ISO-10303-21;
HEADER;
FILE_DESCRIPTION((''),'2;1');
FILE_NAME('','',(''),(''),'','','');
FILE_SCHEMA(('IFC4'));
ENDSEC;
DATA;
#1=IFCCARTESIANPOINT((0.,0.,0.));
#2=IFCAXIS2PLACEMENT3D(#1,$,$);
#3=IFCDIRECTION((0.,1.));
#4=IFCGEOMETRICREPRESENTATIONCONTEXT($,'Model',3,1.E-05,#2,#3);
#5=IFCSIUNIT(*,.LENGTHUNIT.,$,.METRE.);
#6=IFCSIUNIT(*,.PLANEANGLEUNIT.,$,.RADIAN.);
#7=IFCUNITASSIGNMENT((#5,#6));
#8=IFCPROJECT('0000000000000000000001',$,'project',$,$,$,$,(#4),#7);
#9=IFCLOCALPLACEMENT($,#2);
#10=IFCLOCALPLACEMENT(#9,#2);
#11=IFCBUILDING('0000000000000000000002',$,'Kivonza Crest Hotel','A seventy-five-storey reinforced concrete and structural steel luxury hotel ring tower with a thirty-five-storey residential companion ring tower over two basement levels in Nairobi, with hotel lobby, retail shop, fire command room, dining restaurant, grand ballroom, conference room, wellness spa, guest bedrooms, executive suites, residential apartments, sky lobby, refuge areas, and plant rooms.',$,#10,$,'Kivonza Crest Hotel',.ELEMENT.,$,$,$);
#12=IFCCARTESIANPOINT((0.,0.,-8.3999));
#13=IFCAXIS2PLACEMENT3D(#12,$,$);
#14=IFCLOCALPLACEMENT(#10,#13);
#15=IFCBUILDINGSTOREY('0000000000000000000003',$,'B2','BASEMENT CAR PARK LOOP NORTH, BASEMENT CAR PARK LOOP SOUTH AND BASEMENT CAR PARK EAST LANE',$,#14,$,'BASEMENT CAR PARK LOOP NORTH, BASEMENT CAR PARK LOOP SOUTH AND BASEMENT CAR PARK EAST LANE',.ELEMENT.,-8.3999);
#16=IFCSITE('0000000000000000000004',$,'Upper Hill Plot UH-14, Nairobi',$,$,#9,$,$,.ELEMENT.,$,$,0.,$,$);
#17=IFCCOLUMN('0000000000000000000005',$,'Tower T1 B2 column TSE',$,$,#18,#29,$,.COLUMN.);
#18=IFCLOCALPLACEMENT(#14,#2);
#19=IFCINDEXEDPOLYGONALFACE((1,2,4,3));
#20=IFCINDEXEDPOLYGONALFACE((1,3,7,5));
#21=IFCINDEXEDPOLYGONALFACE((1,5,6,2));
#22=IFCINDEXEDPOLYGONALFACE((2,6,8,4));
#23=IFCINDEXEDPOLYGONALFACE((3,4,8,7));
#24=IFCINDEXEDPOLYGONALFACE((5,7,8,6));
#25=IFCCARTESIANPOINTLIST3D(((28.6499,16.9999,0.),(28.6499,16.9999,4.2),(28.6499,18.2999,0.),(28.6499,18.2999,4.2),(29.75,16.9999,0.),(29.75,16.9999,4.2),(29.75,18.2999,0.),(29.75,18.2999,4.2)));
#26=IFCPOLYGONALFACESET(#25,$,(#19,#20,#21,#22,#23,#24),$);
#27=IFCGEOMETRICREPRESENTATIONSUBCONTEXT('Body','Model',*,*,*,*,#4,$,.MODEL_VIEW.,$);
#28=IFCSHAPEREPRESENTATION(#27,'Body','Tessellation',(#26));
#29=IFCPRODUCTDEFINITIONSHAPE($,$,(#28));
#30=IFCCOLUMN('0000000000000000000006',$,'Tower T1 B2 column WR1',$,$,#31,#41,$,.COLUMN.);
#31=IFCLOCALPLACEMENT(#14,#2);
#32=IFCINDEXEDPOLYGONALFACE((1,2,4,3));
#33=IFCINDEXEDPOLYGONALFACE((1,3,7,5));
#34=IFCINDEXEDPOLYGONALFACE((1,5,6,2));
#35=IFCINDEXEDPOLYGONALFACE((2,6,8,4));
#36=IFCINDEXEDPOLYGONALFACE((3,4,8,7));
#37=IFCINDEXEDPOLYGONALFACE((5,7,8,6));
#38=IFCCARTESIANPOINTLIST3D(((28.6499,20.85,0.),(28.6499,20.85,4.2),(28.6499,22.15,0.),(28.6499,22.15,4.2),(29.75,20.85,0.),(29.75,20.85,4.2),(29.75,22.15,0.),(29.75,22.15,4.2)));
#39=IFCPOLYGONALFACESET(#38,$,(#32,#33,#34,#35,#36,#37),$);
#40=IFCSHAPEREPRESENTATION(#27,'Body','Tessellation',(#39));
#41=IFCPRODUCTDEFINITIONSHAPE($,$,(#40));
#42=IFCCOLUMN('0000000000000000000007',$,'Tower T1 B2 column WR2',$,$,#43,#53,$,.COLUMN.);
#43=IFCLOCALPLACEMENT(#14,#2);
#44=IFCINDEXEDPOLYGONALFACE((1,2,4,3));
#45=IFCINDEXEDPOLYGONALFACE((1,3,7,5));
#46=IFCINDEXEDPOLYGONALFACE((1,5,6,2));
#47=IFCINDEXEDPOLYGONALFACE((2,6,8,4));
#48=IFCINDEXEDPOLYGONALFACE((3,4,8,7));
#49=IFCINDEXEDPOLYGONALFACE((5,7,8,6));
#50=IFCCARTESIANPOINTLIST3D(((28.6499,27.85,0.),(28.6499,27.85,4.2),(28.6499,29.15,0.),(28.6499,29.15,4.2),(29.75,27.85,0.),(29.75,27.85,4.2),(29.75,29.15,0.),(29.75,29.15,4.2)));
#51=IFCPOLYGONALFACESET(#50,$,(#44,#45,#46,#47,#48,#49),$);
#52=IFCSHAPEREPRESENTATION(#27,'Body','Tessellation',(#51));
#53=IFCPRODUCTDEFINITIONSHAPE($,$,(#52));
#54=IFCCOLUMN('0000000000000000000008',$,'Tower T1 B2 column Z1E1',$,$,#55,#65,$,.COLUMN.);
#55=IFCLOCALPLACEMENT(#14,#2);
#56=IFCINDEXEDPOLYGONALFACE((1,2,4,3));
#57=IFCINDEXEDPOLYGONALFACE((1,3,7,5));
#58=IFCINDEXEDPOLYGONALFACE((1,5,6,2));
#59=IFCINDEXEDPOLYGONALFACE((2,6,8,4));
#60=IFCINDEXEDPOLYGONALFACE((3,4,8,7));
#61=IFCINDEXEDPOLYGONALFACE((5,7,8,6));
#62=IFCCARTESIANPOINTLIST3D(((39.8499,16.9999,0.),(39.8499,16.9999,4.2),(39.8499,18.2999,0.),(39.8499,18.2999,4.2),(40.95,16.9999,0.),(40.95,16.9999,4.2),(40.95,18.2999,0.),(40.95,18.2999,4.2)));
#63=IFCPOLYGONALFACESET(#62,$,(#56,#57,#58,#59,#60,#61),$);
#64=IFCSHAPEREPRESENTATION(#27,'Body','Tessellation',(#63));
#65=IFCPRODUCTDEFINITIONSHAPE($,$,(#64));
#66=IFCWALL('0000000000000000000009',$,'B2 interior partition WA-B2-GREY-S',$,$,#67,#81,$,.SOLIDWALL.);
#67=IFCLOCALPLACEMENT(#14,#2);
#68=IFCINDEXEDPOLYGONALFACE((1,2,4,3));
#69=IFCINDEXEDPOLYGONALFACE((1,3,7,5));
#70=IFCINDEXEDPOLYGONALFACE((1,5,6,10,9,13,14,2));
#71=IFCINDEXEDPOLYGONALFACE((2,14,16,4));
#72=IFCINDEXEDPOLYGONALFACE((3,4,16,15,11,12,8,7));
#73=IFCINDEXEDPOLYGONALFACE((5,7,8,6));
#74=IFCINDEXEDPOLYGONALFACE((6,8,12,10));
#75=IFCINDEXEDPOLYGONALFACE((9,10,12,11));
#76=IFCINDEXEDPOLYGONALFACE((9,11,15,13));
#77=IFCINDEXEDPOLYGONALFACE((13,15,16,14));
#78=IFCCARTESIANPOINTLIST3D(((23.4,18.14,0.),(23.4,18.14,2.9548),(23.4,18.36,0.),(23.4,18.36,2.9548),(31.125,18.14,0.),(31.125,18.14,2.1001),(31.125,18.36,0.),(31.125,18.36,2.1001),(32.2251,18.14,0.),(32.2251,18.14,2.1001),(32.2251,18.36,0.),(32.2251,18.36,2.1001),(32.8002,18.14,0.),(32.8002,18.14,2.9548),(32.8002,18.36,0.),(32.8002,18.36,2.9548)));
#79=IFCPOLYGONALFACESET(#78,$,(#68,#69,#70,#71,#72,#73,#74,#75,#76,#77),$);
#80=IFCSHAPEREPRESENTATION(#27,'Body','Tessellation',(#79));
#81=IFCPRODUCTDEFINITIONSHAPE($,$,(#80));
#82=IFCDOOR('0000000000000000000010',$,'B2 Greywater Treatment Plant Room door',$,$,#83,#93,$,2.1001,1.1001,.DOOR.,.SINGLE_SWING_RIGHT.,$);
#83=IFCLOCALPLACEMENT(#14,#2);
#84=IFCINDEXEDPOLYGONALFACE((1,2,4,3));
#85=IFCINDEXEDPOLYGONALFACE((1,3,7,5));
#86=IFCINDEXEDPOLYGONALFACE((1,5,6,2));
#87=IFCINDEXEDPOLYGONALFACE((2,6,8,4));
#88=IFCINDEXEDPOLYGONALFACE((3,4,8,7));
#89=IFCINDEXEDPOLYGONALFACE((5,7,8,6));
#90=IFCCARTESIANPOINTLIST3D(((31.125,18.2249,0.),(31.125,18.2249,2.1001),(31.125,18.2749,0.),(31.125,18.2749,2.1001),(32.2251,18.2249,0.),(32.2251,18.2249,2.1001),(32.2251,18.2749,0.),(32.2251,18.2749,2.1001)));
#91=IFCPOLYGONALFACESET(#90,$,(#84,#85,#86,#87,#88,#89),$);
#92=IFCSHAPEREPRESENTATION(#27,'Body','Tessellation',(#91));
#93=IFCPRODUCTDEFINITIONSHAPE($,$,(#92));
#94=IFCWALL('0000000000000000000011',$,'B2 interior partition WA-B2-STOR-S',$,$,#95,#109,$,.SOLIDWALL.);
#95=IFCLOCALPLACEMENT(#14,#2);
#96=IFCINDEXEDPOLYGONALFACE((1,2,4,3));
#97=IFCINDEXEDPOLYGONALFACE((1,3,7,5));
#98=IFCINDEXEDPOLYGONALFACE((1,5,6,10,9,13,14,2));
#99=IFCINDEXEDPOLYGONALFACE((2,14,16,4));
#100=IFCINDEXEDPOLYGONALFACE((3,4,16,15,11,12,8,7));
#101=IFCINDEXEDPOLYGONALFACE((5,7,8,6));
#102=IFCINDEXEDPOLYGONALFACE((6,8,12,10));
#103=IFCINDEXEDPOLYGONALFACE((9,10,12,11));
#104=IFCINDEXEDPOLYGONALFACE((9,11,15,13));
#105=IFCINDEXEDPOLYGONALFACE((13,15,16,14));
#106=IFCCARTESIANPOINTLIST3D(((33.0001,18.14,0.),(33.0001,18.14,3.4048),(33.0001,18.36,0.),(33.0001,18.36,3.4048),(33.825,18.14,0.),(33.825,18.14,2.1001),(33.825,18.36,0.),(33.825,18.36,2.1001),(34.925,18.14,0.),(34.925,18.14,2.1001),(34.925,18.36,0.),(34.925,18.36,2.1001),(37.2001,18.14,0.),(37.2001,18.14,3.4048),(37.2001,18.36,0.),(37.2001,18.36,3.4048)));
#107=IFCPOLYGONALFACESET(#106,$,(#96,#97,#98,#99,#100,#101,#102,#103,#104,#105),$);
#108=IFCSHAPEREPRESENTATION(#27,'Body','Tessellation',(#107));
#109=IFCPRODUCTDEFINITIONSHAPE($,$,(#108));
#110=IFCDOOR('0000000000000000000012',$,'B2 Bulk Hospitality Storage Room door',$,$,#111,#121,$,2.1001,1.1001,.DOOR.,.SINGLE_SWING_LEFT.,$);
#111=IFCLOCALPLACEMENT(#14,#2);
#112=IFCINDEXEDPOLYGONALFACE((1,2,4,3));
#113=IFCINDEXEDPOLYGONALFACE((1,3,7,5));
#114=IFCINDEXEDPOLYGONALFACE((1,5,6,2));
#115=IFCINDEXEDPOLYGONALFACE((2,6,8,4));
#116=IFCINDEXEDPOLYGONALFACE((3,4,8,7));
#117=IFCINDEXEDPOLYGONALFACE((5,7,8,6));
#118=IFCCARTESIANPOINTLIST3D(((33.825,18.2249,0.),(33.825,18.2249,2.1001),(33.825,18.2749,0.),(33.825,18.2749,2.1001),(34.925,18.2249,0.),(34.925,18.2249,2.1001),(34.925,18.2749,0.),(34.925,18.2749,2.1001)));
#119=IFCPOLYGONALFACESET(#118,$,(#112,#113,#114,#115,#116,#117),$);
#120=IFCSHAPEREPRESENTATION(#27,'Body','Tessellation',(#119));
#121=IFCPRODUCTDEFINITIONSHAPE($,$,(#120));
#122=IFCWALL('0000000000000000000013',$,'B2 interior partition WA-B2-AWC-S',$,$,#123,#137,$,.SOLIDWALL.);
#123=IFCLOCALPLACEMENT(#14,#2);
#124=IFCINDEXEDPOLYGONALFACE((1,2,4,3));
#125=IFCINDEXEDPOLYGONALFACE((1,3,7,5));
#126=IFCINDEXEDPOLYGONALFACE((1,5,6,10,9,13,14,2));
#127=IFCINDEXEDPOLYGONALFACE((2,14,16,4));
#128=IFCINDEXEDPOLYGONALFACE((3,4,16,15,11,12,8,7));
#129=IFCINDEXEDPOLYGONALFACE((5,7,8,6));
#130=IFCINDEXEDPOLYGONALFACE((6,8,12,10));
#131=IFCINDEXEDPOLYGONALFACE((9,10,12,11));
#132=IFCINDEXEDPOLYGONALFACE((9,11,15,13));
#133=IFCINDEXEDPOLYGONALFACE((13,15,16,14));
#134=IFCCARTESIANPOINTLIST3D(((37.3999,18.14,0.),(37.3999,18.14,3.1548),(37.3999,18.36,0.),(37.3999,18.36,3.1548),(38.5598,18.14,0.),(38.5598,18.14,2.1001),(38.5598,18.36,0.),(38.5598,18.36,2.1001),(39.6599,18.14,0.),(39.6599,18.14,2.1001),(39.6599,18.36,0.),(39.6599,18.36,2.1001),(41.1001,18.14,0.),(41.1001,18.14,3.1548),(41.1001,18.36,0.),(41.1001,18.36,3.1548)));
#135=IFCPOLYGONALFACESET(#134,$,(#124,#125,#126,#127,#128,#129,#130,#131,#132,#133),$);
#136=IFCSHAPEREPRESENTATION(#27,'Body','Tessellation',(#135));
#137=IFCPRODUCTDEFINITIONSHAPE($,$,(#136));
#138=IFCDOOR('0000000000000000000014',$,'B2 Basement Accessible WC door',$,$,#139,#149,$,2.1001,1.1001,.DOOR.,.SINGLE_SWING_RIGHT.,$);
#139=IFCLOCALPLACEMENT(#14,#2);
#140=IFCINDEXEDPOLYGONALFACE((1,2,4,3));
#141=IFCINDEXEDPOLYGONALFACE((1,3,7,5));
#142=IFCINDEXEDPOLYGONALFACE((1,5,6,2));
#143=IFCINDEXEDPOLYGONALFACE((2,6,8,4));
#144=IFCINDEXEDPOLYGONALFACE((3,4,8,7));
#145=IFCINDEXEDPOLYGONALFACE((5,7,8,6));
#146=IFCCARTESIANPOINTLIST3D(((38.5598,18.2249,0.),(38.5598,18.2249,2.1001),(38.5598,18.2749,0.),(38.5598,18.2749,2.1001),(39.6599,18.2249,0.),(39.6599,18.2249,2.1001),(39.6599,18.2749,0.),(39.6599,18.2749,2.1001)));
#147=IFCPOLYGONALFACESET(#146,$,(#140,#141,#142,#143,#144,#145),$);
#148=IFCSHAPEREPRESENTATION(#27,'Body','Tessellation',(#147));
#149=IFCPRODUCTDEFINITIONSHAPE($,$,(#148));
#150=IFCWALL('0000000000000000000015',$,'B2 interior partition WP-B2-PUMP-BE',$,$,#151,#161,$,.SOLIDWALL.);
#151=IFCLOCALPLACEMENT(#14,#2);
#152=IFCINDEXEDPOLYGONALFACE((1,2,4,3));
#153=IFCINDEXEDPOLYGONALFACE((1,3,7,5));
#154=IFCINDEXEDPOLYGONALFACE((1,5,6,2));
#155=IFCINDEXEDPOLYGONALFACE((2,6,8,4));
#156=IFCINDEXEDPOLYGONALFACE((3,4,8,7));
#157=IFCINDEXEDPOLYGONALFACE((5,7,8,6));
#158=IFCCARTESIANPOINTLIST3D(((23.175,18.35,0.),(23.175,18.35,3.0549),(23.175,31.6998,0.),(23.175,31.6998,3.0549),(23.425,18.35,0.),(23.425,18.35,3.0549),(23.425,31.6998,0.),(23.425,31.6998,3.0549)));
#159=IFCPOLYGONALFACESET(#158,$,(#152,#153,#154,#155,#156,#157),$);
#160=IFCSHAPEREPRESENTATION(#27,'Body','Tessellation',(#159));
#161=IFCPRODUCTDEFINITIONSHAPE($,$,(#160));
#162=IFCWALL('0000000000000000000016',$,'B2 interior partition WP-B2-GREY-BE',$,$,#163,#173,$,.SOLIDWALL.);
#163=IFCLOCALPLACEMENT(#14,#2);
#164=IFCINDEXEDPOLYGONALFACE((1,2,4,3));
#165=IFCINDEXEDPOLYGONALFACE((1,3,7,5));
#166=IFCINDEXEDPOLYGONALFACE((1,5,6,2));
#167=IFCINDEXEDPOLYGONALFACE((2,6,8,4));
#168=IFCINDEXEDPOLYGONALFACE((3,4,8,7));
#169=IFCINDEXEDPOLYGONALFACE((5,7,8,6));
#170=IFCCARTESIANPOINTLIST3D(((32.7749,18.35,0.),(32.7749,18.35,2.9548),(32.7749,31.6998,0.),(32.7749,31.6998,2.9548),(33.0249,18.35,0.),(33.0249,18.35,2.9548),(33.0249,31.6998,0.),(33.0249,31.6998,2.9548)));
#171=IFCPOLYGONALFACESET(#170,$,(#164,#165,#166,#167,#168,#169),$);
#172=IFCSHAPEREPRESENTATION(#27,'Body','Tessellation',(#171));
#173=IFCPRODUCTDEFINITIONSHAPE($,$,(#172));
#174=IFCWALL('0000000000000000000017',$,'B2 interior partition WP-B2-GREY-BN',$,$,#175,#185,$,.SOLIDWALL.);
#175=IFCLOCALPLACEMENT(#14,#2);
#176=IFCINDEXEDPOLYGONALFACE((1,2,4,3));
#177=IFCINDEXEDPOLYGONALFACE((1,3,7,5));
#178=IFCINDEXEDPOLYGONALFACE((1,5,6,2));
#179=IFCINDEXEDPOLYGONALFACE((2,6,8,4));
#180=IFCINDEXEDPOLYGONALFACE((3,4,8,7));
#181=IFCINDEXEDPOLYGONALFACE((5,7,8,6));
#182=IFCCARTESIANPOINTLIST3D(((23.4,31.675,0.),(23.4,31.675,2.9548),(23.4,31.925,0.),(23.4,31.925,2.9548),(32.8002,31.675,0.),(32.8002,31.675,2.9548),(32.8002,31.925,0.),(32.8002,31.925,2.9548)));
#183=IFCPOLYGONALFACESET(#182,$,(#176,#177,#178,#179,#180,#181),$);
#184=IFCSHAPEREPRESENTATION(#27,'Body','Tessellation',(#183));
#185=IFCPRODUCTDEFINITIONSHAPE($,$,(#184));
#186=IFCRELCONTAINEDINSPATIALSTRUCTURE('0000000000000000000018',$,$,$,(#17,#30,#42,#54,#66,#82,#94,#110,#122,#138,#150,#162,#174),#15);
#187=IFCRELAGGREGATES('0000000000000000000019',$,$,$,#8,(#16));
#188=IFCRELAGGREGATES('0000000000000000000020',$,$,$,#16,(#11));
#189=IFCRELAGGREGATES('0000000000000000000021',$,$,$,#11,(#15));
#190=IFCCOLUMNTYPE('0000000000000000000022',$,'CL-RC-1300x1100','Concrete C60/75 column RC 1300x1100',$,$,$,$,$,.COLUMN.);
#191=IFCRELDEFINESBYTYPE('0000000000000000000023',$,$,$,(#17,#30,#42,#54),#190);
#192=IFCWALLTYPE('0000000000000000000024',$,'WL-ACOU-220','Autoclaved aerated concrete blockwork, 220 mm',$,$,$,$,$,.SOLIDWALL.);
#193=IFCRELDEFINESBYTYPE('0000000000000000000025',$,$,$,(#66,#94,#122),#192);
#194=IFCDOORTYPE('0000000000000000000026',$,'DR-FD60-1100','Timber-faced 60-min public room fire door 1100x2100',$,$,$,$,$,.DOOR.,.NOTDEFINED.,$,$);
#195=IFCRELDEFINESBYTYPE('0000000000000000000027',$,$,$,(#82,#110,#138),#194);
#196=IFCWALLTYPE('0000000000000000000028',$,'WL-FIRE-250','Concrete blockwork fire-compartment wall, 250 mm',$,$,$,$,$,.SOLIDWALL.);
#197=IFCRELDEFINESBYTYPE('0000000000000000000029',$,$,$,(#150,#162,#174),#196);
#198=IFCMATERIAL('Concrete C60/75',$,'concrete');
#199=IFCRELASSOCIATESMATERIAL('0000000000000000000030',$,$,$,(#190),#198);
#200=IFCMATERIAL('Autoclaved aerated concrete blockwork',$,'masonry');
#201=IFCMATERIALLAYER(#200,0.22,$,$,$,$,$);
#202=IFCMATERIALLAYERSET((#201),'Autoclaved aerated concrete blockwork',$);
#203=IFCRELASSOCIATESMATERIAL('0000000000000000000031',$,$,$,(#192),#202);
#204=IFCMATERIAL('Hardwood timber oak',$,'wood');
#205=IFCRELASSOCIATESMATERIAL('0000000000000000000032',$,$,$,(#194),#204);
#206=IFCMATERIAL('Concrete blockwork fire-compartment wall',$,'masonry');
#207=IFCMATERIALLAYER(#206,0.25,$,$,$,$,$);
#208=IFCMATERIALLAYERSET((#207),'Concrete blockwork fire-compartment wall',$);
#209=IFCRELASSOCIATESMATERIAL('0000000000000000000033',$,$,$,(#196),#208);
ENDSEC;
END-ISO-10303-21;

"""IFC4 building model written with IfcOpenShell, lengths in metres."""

from ifc_helpers import new_model, si_unit, direction, frame, frame_2d, origin, origin_2d, place, context, subcontext, project, spatial, rectangle, extrude, material, layer, layer_set, material_profile, profile_set, type_object, element, fill, save


model = new_model("IFC4")

# Units and contexts
model_context = context("Model", 3, precision=1e-05, world=origin(), true_north=direction((0.0, 1.0)))
body_context = subcontext(model_context, "Body", "Model", "MODEL_VIEW")
ifc_project = project(units=[si_unit("LENGTHUNIT", "METRE"), si_unit("PLANEANGLEUNIT", "RADIAN")], contexts=[model_context])

# Site, building, storey
site_placement = place(None, origin())
site = spatial("IfcSite", under=ifc_project, at=site_placement, Name="Upper Hill Plot UH-14, Nairobi", CompositionType="ELEMENT", RefElevation=0.0)
building_placement = place(site_placement, origin())
building = spatial("IfcBuilding", under=site, at=building_placement, Name="Kivonza Crest Hotel", Description="A seventy-five-storey reinforced concrete and structural steel luxury hotel ring tower with a thirty-five-storey residential companion ring tower over two basement levels in Nairobi, with hotel lobby, retail shop, fire command room, dining restaurant, grand ballroom, conference room, wellness spa, guest bedrooms, executive suites, residential apartments, sky lobby, refuge areas, and plant rooms.", LongName="Kivonza Crest Hotel", CompositionType="ELEMENT")
storey_placement = place(building_placement, frame((0.0, 0.0, -8.3999)))
storey = spatial("IfcBuildingStorey", under=building, at=storey_placement, Name="B2", Description="BASEMENT CAR PARK LOOP NORTH, BASEMENT CAR PARK LOOP SOUTH AND BASEMENT CAR PARK EAST LANE", LongName="BASEMENT CAR PARK LOOP NORTH, BASEMENT CAR PARK LOOP SOUTH AND BASEMENT CAR PARK EAST LANE", CompositionType="ELEMENT", Elevation=-8.3999)

# Columns
ifc_material_1 = material(Name="Concrete C60/75", Category="concrete")
ifc_material_profile_1 = material_profile(ifc_material_1, rectangle(XDim=1.1001, YDim=1.3, at=origin_2d()), Name="RC 1300x1100")
ifc_profile_set_1 = profile_set([ifc_material_profile_1], Name="Concrete C60/75")
column_type = type_object("IfcColumnType", Name="CL-RC-1300x1100", Description="Concrete C60/75 column RC 1300x1100", PredefinedType="COLUMN", material=ifc_profile_set_1)
for number, where, z_axis, x_axis, name in (
    (1, (29.2, 17.6499, 0.0), (0.0, 0.0, 1.0), (1.0, 0.0, 0.0), "Tower T1 B2 column TSE"),
    (2, (29.2, 21.5, 0.0), (0.0, 0.0, 1.0), (1.0, 0.0, 0.0), "Tower T1 B2 column WR1"),
    (3, (29.2, 28.5, 0.0), (0.0, 0.0, 1.0), (1.0, 0.0, 0.0), "Tower T1 B2 column WR2"),
    (4, (40.3999, 17.6499, 0.0), (0.0, 0.0, 1.0), (1.0, 0.0, 0.0), "Tower T1 B2 column Z1E1"),
):
    element("IfcColumn", number, at=place(storey_placement, frame(where, z_axis=z_axis, x_axis=x_axis)), inside=storey, type_object=column_type, Name=name, PredefinedType="COLUMN", context=body_context, shape_type="SweptSolid", body=[
        extrude(rectangle(XDim=1.1001, YDim=1.3, at=origin_2d()), origin(), (0.0, 0.0, 1.0), 4.2),
    ])

# Walls, openings, doors
ifc_material_2 = material(Name="Autoclaved aerated concrete blockwork", Category="masonry")
ifc_layer_1 = layer(ifc_material_2, 0.22)
ifc_layer_set_1 = layer_set([ifc_layer_1], Name="Autoclaved aerated concrete blockwork")
wall_type_1 = type_object("IfcWallType", Name="WL-ACOU-220", Description="Autoclaved aerated concrete blockwork, 220 mm", PredefinedType="SOLIDWALL", material=ifc_layer_set_1)
wall_1_placement = place(storey_placement, frame((23.3999, 18.25, 0.0), z_axis=(0.0, 0.0, 1.0), x_axis=(1.0, 0.0, 0.0)))
wall_1 = element("IfcWall", 5, at=wall_1_placement, inside=storey, type_object=wall_type_1, Name="B2 interior partition WA-B2-GREY-S", PredefinedType="SOLIDWALL", context=body_context, shape_type="SweptSolid", body=[
    extrude(rectangle(XDim=9.4001, YDim=0.22, at=frame_2d((4.7002, 0.0))), origin(), (0.0, 0.0, 1.0), 2.9548),
])
opening_1_placement = place(wall_1_placement, frame((7.7251, 0.0, 0.0)))
opening_1 = element("IfcOpeningElement", 6, at=opening_1_placement, cuts=wall_1, PredefinedType="OPENING", context=body_context, shape_type="SweptSolid", body=[
    extrude(rectangle(XDim=1.1001, YDim=2.1001, at=frame_2d((0.55, 1.05))), frame((0.0, 0.1201, 0.0), z_axis=(0.0, -1.0, 0.0), x_axis=(1.0, 0.0, 0.0)), (0.0, 0.0, 1.0), 0.24),
])
ifc_material_3 = material(Name="Hardwood timber oak", Category="wood")
door_type = type_object("IfcDoorType", Name="DR-FD60-1100", Description="Timber-faced 60-min public room fire door 1100x2100", OperationType="NOTDEFINED", PredefinedType="DOOR", material=ifc_material_3)
door_1_placement = place(opening_1_placement, origin())
door_1 = element("IfcDoor", 7, at=door_1_placement, inside=storey, type_object=door_type, Name="B2 Greywater Treatment Plant Room door", OperationType="SINGLE_SWING_RIGHT", OverallHeight=2.1001, OverallWidth=1.1001, PredefinedType="DOOR", context=body_context, shape_type="SweptSolid", body=[
    extrude(rectangle(XDim=1.1001, YDim=2.1001, at=frame_2d((0.55, 1.05))), frame((0.0, 0.0249, 0.0), z_axis=(0.0, -1.0, 0.0), x_axis=(1.0, 0.0, 0.0)), (0.0, 0.0, 1.0), 0.05),
])
fill(opening_1, door_1)
wall_2_placement = place(storey_placement, frame((33.0, 18.25, 0.0), z_axis=(0.0, 0.0, 1.0), x_axis=(1.0, 0.0, 0.0)))
wall_2 = element("IfcWall", 8, at=wall_2_placement, inside=storey, type_object=wall_type_1, Name="B2 interior partition WA-B2-STOR-S", PredefinedType="SOLIDWALL", context=body_context, shape_type="SweptSolid", body=[
    extrude(rectangle(XDim=4.2, YDim=0.22, at=frame_2d((2.1001, 0.0))), origin(), (0.0, 0.0, 1.0), 3.4048),
])
opening_2_placement = place(wall_2_placement, frame((0.825, 0.0, 0.0)))
opening_2 = element("IfcOpeningElement", 9, at=opening_2_placement, cuts=wall_2, PredefinedType="OPENING", context=body_context, shape_type="SweptSolid", body=[
    extrude(rectangle(XDim=1.1001, YDim=2.1001, at=frame_2d((0.55, 1.05))), frame((0.0, 0.1201, 0.0), z_axis=(0.0, -1.0, 0.0), x_axis=(1.0, 0.0, 0.0)), (0.0, 0.0, 1.0), 0.24),
])
door_2_placement = place(opening_2_placement, origin())
door_2 = element("IfcDoor", 10, at=door_2_placement, inside=storey, type_object=door_type, Name="B2 Bulk Hospitality Storage Room door", OperationType="SINGLE_SWING_LEFT", OverallHeight=2.1001, OverallWidth=1.1001, PredefinedType="DOOR", context=body_context, shape_type="SweptSolid", body=[
    extrude(rectangle(XDim=1.1001, YDim=2.1001, at=frame_2d((0.55, 1.05))), frame((0.0, 0.0249, 0.0), z_axis=(0.0, -1.0, 0.0), x_axis=(1.0, 0.0, 0.0)), (0.0, 0.0, 1.0), 0.05),
])
fill(opening_2, door_2)
wall_3_placement = place(storey_placement, frame((37.3999, 18.25, 0.0), z_axis=(0.0, 0.0, 1.0), x_axis=(1.0, 0.0, 0.0)))
wall_3 = element("IfcWall", 11, at=wall_3_placement, inside=storey, type_object=wall_type_1, Name="B2 interior partition WA-B2-AWC-S", PredefinedType="SOLIDWALL", context=body_context, shape_type="SweptSolid", body=[
    extrude(rectangle(XDim=3.7002, YDim=0.22, at=frame_2d((1.8501, 0.0))), origin(), (0.0, 0.0, 1.0), 3.1548),
])
opening_3_placement = place(wall_3_placement, frame((1.1599, 0.0, 0.0)))
opening_3 = element("IfcOpeningElement", 12, at=opening_3_placement, cuts=wall_3, PredefinedType="OPENING", context=body_context, shape_type="SweptSolid", body=[
    extrude(rectangle(XDim=1.1001, YDim=2.1001, at=frame_2d((0.55, 1.05))), frame((0.0, 0.1201, 0.0), z_axis=(0.0, -1.0, 0.0), x_axis=(1.0, 0.0, 0.0)), (0.0, 0.0, 1.0), 0.24),
])
door_3_placement = place(opening_3_placement, origin())
door_3 = element("IfcDoor", 13, at=door_3_placement, inside=storey, type_object=door_type, Name="B2 Basement Accessible WC door", OperationType="SINGLE_SWING_RIGHT", OverallHeight=2.1001, OverallWidth=1.1001, PredefinedType="DOOR", context=body_context, shape_type="SweptSolid", body=[
    extrude(rectangle(XDim=1.1001, YDim=2.1001, at=frame_2d((0.55, 1.05))), frame((0.0, 0.0249, 0.0), z_axis=(0.0, -1.0, 0.0), x_axis=(1.0, 0.0, 0.0)), (0.0, 0.0, 1.0), 0.05),
])
fill(opening_3, door_3)

# Walls
ifc_material_4 = material(Name="Concrete blockwork fire-compartment wall", Category="masonry")
ifc_layer_2 = layer(ifc_material_4, 0.25)
ifc_layer_set_2 = layer_set([ifc_layer_2], Name="Concrete blockwork fire-compartment wall")
wall_type_2 = type_object("IfcWallType", Name="WL-FIRE-250", Description="Concrete blockwork fire-compartment wall, 250 mm", PredefinedType="SOLIDWALL", material=ifc_layer_set_2)
wall_4_placement = place(storey_placement, frame((23.3, 18.3501, 0.0), z_axis=(0.0, 0.0, 1.0), x_axis=(0.0, 1.0, 0.0)))
element("IfcWall", 14, at=wall_4_placement, inside=storey, type_object=wall_type_2, Name="B2 interior partition WP-B2-PUMP-BE", PredefinedType="SOLIDWALL", context=body_context, shape_type="SweptSolid", body=[
    extrude(rectangle(XDim=13.3499, YDim=0.25, at=frame_2d((6.6748, 0.0))), origin(), (0.0, 0.0, 1.0), 3.0549),
])
wall_5_placement = place(storey_placement, frame((32.8999, 18.3501, 0.0), z_axis=(0.0, 0.0, 1.0), x_axis=(0.0, 1.0, 0.0)))
element("IfcWall", 15, at=wall_5_placement, inside=storey, type_object=wall_type_2, Name="B2 interior partition WP-B2-GREY-BE", PredefinedType="SOLIDWALL", context=body_context, shape_type="SweptSolid", body=[
    extrude(rectangle(XDim=13.3499, YDim=0.25, at=frame_2d((6.6748, 0.0))), origin(), (0.0, 0.0, 1.0), 2.9548),
])
wall_6_placement = place(storey_placement, frame((23.3999, 31.8, 0.0), z_axis=(0.0, 0.0, 1.0), x_axis=(1.0, 0.0, 0.0)))
element("IfcWall", 16, at=wall_6_placement, inside=storey, type_object=wall_type_2, Name="B2 interior partition WP-B2-GREY-BN", PredefinedType="SOLIDWALL", context=body_context, shape_type="SweptSolid", body=[
    extrude(rectangle(XDim=9.4001, YDim=0.25, at=frame_2d((4.7002, 0.0))), origin(), (0.0, 0.0, 1.0), 2.9548),
])

save(model, "model.ifc")
